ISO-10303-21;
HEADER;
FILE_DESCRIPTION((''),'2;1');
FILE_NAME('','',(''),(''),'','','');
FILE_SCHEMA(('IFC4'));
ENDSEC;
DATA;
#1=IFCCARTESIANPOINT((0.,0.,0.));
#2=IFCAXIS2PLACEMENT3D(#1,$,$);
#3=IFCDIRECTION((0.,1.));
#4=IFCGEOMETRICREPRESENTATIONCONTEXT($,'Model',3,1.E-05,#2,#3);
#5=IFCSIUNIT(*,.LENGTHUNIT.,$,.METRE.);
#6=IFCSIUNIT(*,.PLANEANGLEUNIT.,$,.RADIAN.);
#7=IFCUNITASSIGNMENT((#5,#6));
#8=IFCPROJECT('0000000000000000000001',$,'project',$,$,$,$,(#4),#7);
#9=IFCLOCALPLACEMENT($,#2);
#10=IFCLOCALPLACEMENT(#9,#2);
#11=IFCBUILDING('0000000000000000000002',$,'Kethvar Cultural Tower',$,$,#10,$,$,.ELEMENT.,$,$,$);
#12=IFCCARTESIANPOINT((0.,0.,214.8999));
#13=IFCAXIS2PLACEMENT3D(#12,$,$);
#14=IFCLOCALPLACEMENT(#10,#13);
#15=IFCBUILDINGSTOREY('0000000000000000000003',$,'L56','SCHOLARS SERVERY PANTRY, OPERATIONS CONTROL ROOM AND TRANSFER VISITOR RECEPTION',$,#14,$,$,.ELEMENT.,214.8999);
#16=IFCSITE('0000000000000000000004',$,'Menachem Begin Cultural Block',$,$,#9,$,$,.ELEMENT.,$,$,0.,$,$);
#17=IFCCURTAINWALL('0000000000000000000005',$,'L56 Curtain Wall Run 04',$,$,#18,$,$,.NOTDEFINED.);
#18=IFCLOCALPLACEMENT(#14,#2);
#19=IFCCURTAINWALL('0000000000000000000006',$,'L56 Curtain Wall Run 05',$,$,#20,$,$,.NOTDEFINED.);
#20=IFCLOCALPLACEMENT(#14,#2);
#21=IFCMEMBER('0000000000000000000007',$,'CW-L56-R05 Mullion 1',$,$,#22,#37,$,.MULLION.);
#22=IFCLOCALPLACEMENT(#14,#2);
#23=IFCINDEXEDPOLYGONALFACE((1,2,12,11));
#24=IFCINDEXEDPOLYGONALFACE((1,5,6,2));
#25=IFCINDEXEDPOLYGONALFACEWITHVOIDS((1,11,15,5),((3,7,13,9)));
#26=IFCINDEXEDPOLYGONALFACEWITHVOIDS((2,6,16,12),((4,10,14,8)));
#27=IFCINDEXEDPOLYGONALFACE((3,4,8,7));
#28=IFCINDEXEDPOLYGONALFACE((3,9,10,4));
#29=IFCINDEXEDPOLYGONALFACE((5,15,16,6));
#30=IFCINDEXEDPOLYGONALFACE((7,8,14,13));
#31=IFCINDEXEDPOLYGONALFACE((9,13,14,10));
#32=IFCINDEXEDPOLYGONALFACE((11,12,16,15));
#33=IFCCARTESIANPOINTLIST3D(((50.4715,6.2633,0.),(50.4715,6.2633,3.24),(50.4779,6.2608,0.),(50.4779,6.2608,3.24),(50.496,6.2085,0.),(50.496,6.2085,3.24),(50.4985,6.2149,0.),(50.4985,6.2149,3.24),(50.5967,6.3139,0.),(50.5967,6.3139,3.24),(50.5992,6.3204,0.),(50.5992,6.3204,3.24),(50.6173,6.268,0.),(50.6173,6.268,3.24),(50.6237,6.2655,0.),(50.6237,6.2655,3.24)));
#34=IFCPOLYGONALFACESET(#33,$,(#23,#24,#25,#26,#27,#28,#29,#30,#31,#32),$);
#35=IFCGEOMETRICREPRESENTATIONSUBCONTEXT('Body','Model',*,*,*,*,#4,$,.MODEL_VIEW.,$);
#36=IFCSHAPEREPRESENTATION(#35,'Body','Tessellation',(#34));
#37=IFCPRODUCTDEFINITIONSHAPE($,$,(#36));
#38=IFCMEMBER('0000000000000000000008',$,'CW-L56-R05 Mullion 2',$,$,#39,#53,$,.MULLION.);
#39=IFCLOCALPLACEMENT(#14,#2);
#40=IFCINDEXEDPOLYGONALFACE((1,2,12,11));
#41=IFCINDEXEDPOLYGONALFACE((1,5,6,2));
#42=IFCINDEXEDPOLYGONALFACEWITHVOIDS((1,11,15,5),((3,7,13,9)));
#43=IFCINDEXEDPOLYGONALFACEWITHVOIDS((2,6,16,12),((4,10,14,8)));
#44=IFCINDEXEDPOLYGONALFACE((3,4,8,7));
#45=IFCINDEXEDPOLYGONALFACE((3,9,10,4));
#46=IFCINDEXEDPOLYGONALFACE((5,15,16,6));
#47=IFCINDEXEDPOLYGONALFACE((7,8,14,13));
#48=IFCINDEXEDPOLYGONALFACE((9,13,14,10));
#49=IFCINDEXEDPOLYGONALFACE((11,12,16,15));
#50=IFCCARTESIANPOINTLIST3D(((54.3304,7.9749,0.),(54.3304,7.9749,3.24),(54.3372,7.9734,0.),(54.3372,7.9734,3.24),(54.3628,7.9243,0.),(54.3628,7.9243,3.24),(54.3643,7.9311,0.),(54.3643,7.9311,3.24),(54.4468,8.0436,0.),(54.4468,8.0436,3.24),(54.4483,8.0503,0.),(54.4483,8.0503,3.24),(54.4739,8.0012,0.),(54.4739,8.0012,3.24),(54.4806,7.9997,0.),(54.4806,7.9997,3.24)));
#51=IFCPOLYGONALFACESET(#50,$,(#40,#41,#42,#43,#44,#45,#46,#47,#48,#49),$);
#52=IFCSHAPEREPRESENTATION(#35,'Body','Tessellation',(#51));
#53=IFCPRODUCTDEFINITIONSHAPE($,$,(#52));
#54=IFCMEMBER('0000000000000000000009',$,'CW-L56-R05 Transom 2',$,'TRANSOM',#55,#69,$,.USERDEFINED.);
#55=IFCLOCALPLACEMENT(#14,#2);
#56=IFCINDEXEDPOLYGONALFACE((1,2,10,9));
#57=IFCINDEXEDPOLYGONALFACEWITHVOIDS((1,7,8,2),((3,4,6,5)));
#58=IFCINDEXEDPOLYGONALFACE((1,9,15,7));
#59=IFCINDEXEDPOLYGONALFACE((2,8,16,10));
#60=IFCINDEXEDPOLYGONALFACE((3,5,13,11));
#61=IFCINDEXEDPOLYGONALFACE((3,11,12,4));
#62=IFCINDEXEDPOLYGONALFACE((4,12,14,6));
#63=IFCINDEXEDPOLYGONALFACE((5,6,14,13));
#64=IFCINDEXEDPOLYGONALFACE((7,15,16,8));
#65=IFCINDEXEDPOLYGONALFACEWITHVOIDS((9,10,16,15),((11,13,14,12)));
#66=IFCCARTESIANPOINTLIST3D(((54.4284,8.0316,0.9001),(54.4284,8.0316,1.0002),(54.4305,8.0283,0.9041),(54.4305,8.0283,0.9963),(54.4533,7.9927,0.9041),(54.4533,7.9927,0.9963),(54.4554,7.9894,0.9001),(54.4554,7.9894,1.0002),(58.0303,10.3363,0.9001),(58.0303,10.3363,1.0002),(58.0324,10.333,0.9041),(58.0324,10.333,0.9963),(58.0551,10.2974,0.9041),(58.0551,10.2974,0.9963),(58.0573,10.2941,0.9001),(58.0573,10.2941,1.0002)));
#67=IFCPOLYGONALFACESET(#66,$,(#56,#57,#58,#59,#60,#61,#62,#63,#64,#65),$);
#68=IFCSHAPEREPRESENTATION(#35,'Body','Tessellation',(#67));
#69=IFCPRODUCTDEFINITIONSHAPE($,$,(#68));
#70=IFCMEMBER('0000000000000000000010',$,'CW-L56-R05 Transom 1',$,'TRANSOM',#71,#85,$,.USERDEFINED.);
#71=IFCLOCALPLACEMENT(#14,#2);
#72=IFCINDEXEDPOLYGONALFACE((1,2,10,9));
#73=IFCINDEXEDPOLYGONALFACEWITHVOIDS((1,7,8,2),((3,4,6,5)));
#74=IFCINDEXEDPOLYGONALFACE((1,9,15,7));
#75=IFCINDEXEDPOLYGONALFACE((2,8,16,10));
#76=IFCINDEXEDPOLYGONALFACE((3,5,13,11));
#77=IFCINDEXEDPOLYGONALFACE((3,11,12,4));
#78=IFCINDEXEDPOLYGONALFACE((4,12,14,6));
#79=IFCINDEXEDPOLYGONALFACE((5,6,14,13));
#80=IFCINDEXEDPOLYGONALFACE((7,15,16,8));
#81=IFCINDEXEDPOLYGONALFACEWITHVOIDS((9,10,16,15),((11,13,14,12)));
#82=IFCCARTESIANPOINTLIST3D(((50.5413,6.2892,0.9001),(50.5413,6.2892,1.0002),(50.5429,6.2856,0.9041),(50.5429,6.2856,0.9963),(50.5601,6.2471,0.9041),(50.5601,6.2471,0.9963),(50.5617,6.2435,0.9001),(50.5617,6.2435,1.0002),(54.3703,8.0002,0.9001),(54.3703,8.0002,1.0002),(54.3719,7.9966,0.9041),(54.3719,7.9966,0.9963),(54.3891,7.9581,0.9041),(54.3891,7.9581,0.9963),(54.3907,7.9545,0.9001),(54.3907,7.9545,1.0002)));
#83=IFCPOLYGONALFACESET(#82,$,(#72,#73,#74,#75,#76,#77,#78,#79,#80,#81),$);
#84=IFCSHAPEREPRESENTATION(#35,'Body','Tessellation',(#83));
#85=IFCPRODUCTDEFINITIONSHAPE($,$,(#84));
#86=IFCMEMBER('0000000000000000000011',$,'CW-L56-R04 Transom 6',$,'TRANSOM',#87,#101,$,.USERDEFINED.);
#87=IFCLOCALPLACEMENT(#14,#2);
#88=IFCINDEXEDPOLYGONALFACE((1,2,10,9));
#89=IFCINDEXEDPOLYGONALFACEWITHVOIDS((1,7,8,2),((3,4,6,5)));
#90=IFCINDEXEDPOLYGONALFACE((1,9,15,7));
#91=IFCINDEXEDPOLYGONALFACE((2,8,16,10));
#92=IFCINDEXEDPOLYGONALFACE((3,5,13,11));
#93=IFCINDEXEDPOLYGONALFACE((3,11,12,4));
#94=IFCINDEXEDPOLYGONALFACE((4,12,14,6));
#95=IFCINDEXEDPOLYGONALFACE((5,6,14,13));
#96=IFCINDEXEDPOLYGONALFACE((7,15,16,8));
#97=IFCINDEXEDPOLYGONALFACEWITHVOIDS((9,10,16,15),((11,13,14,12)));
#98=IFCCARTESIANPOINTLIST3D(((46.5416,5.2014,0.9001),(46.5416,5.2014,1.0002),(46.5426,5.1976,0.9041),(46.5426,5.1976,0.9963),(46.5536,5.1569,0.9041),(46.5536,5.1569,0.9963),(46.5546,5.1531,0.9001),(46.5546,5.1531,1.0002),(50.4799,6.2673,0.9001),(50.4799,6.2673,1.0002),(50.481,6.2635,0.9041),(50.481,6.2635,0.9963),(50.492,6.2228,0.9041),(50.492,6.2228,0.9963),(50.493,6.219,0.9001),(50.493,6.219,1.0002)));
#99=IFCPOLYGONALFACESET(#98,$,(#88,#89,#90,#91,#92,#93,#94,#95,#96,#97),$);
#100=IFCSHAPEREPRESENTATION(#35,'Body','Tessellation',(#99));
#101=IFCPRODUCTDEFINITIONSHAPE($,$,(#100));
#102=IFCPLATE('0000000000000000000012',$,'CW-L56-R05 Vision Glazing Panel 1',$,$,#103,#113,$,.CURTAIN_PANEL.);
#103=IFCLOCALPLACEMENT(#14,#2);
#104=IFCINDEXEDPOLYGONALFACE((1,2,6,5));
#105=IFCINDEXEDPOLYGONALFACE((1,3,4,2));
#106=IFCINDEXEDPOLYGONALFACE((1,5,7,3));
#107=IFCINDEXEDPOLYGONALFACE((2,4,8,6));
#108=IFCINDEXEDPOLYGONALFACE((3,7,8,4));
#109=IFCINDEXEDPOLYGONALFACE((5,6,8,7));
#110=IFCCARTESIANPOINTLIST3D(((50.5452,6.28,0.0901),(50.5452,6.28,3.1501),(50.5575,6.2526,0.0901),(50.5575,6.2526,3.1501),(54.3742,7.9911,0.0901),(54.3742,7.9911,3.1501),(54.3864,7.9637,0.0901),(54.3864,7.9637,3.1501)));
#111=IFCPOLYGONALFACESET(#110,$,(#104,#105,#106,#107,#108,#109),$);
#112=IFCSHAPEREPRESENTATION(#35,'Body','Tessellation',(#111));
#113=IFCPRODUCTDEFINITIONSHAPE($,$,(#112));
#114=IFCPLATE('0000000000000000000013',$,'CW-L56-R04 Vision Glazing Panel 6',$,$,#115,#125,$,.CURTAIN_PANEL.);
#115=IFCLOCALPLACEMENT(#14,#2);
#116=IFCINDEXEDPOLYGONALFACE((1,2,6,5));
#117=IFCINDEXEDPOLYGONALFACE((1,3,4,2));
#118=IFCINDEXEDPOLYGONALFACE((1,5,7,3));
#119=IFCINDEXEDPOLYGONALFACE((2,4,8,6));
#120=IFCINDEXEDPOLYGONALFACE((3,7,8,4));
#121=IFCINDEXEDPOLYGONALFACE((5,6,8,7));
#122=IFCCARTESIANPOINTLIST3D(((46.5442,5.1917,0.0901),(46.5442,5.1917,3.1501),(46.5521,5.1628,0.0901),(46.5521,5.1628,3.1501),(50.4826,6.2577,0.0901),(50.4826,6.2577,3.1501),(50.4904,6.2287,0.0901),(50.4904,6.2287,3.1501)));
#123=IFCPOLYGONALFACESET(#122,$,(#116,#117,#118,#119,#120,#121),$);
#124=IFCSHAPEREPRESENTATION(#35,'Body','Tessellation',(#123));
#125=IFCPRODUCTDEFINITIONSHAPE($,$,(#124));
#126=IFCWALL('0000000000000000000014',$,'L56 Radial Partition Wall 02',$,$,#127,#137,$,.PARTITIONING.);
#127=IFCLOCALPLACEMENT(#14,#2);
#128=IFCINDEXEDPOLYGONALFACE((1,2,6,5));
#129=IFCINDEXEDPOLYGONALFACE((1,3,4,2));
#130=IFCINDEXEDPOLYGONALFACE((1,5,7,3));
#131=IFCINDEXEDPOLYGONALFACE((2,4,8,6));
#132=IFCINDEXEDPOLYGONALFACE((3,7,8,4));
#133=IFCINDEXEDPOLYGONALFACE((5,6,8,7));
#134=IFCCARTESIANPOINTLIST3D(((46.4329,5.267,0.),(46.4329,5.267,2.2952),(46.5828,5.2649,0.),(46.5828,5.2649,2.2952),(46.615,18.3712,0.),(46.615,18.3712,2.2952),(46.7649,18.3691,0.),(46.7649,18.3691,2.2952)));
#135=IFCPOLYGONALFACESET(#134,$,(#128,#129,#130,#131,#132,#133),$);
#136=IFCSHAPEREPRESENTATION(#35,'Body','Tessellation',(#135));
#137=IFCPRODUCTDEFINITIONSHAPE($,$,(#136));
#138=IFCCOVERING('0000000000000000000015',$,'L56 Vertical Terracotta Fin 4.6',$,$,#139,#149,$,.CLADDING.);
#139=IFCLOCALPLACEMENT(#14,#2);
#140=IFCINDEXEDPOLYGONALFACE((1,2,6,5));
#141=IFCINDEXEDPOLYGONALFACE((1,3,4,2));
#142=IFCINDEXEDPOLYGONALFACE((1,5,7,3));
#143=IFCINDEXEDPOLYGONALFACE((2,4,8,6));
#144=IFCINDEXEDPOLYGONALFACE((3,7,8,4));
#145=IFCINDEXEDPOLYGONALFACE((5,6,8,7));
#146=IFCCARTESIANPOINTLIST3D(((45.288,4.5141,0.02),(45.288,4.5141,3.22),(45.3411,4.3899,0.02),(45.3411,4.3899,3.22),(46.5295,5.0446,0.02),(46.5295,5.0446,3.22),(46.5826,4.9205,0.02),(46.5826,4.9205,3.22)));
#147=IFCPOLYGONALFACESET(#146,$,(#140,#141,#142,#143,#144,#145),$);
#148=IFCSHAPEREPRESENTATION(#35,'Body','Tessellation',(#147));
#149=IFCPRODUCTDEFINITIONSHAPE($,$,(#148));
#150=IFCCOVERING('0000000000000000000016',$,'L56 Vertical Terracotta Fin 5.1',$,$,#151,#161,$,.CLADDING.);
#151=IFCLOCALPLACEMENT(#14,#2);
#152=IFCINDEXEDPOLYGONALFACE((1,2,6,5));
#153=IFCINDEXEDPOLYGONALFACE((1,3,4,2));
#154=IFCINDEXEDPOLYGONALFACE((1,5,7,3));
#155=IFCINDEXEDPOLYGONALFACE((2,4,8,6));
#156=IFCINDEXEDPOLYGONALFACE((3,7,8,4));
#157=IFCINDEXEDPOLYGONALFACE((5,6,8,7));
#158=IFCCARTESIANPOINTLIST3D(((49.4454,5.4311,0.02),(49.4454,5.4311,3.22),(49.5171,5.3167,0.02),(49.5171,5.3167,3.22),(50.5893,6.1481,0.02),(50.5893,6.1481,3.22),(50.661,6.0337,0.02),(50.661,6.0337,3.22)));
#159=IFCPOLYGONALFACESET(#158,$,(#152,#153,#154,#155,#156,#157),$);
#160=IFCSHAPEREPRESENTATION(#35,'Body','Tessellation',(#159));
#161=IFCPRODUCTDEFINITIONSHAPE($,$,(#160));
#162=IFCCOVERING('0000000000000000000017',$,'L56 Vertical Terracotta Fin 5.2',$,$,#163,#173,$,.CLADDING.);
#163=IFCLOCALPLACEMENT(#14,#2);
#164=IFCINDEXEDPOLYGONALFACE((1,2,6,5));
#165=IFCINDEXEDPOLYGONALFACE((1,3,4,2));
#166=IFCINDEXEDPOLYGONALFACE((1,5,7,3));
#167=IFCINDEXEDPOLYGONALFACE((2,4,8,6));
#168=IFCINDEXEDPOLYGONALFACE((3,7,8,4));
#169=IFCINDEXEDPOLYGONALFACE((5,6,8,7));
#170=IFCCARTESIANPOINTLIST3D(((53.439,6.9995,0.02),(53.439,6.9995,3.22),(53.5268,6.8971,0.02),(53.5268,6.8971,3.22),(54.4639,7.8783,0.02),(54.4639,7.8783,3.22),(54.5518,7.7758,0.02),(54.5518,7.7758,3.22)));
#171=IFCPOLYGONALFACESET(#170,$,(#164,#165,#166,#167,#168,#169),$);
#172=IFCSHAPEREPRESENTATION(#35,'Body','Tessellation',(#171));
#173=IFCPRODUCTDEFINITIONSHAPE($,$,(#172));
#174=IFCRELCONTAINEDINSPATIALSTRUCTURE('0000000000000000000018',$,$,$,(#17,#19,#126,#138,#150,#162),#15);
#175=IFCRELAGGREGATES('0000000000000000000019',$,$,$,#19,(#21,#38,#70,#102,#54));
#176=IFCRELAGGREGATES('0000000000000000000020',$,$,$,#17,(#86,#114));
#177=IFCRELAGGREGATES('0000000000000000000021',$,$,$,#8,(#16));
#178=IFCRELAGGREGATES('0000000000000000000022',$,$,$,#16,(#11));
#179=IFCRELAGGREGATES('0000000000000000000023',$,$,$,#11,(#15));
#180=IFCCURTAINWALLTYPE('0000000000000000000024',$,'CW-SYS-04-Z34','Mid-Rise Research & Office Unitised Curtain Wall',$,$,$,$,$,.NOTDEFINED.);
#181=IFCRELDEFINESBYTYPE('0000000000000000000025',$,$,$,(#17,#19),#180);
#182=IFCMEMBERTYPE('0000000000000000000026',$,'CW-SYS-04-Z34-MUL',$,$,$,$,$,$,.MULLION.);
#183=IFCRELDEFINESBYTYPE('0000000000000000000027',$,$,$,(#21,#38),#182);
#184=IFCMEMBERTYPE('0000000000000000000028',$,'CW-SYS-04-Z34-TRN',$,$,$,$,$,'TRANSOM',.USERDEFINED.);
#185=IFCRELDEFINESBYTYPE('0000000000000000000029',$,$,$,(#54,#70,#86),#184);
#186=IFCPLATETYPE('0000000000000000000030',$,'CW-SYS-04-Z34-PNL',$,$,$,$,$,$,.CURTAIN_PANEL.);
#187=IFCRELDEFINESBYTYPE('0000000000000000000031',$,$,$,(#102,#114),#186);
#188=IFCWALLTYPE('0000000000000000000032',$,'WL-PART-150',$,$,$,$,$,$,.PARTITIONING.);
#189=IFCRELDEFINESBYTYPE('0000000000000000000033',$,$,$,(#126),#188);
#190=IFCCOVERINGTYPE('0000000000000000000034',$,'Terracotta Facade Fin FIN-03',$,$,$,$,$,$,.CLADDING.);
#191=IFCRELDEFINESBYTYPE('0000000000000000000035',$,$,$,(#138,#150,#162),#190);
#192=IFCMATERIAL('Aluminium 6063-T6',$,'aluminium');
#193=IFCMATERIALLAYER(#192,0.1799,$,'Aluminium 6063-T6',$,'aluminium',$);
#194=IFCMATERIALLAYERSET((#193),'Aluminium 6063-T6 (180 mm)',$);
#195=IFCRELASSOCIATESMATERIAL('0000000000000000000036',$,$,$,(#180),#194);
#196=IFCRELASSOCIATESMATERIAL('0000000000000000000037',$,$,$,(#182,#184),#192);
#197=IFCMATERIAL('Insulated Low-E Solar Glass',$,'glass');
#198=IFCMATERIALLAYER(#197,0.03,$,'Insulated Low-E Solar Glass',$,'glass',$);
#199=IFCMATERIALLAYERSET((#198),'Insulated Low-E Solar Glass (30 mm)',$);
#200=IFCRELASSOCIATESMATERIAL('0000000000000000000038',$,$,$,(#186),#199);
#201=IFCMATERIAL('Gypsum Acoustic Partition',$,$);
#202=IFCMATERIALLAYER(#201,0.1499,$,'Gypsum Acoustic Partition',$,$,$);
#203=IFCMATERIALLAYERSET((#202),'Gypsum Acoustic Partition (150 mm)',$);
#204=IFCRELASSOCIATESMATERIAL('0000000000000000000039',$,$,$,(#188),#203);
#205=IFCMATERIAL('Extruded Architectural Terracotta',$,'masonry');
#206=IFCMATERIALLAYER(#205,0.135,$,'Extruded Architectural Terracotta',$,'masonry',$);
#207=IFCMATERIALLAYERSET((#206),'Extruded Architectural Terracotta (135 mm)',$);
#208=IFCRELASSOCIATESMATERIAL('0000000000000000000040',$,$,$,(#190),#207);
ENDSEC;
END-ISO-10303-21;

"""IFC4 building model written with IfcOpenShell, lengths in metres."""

from ifc_helpers import new_model, si_unit, direction, frame, frame_2d, origin, origin_2d, place, context, subcontext, project, spatial, rectangle, hollow_rectangle, extrude, source, transform, mapped, material, layer, layer_set, material_profile, profile_set, type_object, element, aggregate, save


model = new_model("IFC4")

# Units and contexts
model_context = context("Model", 3, precision=1e-05, world=origin(), true_north=direction((0.0, 1.0)))
body_context = subcontext(model_context, "Body", "Model", "MODEL_VIEW")
ifc_project = project(units=[si_unit("LENGTHUNIT", "METRE"), si_unit("PLANEANGLEUNIT", "RADIAN")], contexts=[model_context])

# Site, building, storey
site_placement = place(None, origin())
site = spatial("IfcSite", under=ifc_project, at=site_placement, Name="Menachem Begin Cultural Block", CompositionType="ELEMENT", RefElevation=0.0)
building_placement = place(site_placement, origin())
building = spatial("IfcBuilding", under=site, at=building_placement, Name="Kethvar Cultural Tower", CompositionType="ELEMENT")
storey_placement = place(building_placement, frame((0.0, 0.0, 214.8999)))
storey = spatial("IfcBuildingStorey", under=building, at=storey_placement, Name="L56", Description="SCHOLARS SERVERY PANTRY, OPERATIONS CONTROL ROOM AND TRANSFER VISITOR RECEPTION", CompositionType="ELEMENT", Elevation=214.8999)

# Curtain walls, members
ifc_material_1 = material(Name="Aluminium 6063-T6", Category="aluminium")
ifc_layer_1 = layer(ifc_material_1, 0.1799, Name="Aluminium 6063-T6", Category="aluminium")
ifc_layer_set_1 = layer_set([ifc_layer_1], Name="Aluminium 6063-T6 (180 mm)")
curtain_wall_type = type_object("IfcCurtainWallType", Name="CW-SYS-04-Z34", Description="Mid-Rise Research & Office Unitised Curtain Wall", PredefinedType="NOTDEFINED", material=ifc_layer_set_1)
curtain_wall_1_placement = place(storey_placement, origin())
curtain_wall_1 = element("IfcCurtainWall", 1, at=curtain_wall_1_placement, inside=storey, type_object=curtain_wall_type, Name="L56 Curtain Wall Run 04", PredefinedType="NOTDEFINED")
ifc_material_profile_1 = material_profile(ifc_material_1, hollow_rectangle(XDim=0.0601, YDim=0.1399, WallThickness=0.0049, at=origin_2d()), Name="Aluminium 6063-T6 — RHS140x60x5")
ifc_profile_set_1 = profile_set([ifc_material_profile_1], Name="Aluminium 6063-T6 — RHS140x60x5")
member_type_1 = type_object("IfcMemberType", Name="CW-SYS-04-Z34-MUL", PredefinedType="MULLION", material=ifc_profile_set_1)
shared_shape_1 = source(origin(), body_context, "Body", "SweptSolid", [
    extrude(hollow_rectangle(XDim=0.0601, YDim=0.1399, WallThickness=0.0049, at=origin_2d()), origin(), (0.0, 0.0, 1.0), 3.24),
])
curtain_wall_2_placement = place(storey_placement, origin())
curtain_wall_2 = element("IfcCurtainWall", 2, at=curtain_wall_2_placement, inside=storey, type_object=curtain_wall_type, Name="L56 Curtain Wall Run 05", PredefinedType="NOTDEFINED")
member_1_placement = place(storey_placement, frame((50.5476, 6.2644, 0.0), z_axis=(0.0, 0.0, 1.0), x_axis=(-0.407996, 0.912984, 0.0)))
member_1 = element("IfcMember", 3, at=member_1_placement, type_object=member_type_1, Name="CW-L56-R05 Mullion 1", PredefinedType="MULLION", context=body_context, shape_type="MappedRepresentation", body=[
    mapped(shared_shape_1, transform((0.0, 0.0, 0.0), scale=1.0)),
])
member_2_placement = place(storey_placement, frame((54.4055, 7.9873, 0.0), z_axis=(0.0, 0.0, 1.0), x_axis=(-0.538947, 0.84234, 0.0)))
member_2 = element("IfcMember", 4, at=member_2_placement, type_object=member_type_1, Name="CW-L56-R05 Mullion 2", PredefinedType="MULLION", context=body_context, shape_type="MappedRepresentation", body=[
    mapped(shared_shape_1, transform((0.0, 0.0, 0.0), scale=1.0)),
])
ifc_material_profile_2 = material_profile(ifc_material_1, hollow_rectangle(XDim=0.05, YDim=0.1001, WallThickness=0.0039, at=origin_2d()), Name="Aluminium 6063-T6 — RHS100x50x4")
ifc_profile_set_2 = profile_set([ifc_material_profile_2], Name="Aluminium 6063-T6 — RHS100x50x4")
member_type_2 = type_object("IfcMemberType", Name="CW-SYS-04-Z34-TRN", ElementType="TRANSOM", PredefinedType="USERDEFINED", material=ifc_profile_set_2)
shared_shape_2 = source(origin(), body_context, "Body", "SweptSolid", [
    extrude(hollow_rectangle(XDim=0.05, YDim=0.1001, WallThickness=0.0039, at=origin_2d()), origin(), (0.0, 0.0, 1.0), 4.2761),
])
member_3_placement = place(storey_placement, frame((54.4419, 8.0105, 0.9502), z_axis=(0.842321, 0.538976, 0.0), x_axis=(-0.538976, 0.842321, 0.0)))
member_3 = element("IfcMember", 5, at=member_3_placement, type_object=member_type_2, Name="CW-L56-R05 Transom 2", ObjectType="TRANSOM", PredefinedType="USERDEFINED", context=body_context, shape_type="MappedRepresentation", body=[
    mapped(shared_shape_2, transform((0.0, 0.0, 0.0), scale=1.0)),
])
shared_shape_3 = source(origin(), body_context, "Body", "SweptSolid", [
    extrude(hollow_rectangle(XDim=0.05, YDim=0.1001, WallThickness=0.0039, at=origin_2d()), origin(), (0.0, 0.0, 1.0), 4.1938),
])
member_4_placement = place(storey_placement, frame((50.5515, 6.2664, 0.9502), z_axis=(0.912993, 0.407974, 0.0), x_axis=(-0.407974, 0.912993, 0.0)))
member_4 = element("IfcMember", 6, at=member_4_placement, type_object=member_type_2, Name="CW-L56-R05 Transom 1", ObjectType="TRANSOM", PredefinedType="USERDEFINED", context=body_context, shape_type="MappedRepresentation", body=[
    mapped(shared_shape_3, transform((0.0, 0.0, 0.0), scale=1.0)),
])

# Member
shared_shape_4 = source(origin(), body_context, "Body", "SweptSolid", [
    extrude(hollow_rectangle(XDim=0.05, YDim=0.1001, WallThickness=0.0039, at=origin_2d()), origin(), (0.0, 0.0, 1.0), 4.0801),
])
member_5_placement = place(storey_placement, frame((46.5481, 5.1772, 0.9502), z_axis=(0.965273, 0.261244, 0.0), x_axis=(-0.261244, 0.965273, 0.0)))
member_5 = element("IfcMember", 7, at=member_5_placement, type_object=member_type_2, Name="CW-L56-R04 Transom 6", ObjectType="TRANSOM", PredefinedType="USERDEFINED", context=body_context, shape_type="MappedRepresentation", body=[
    mapped(shared_shape_4, transform((0.0, 0.0, 0.0), scale=1.0)),
])

# Plates
ifc_material_2 = material(Name="Insulated Low-E Solar Glass", Category="glass")
ifc_layer_2 = layer(ifc_material_2, 0.03, Name="Insulated Low-E Solar Glass", Category="glass")
ifc_layer_set_2 = layer_set([ifc_layer_2], Name="Insulated Low-E Solar Glass (30 mm)")
plate_type = type_object("IfcPlateType", Name="CW-SYS-04-Z34-PNL", PredefinedType="CURTAIN_PANEL", material=ifc_layer_set_2)
shared_shape_5 = source(origin(), body_context, "Body", "SweptSolid", [
    extrude(rectangle(XDim=4.1938, YDim=0.03, at=origin_2d()), origin(), (0.0, 0.0, 1.0), 3.0601),
])
plate_1_placement = place(storey_placement, frame((52.4658, 7.1218, 0.0901), z_axis=(0.0, 0.0, 1.0), x_axis=(0.912984, 0.407996, 0.0)))
plate_1 = element("IfcPlate", 8, at=plate_1_placement, type_object=plate_type, Name="CW-L56-R05 Vision Glazing Panel 1", PredefinedType="CURTAIN_PANEL", context=body_context, shape_type="MappedRepresentation", body=[
    mapped(shared_shape_5, transform((0.0, 0.0, 0.0), scale=1.0)),
])
aggregate(curtain_wall_2, [member_1, member_2, member_4, plate_1, member_3])
shared_shape_6 = source(origin(), body_context, "Body", "SweptSolid", [
    extrude(rectangle(XDim=4.0801, YDim=0.03, at=origin_2d()), origin(), (0.0, 0.0, 1.0), 3.0601),
])
plate_2_placement = place(storey_placement, frame((48.5173, 5.7102, 0.0901), z_axis=(0.0, 0.0, 1.0), x_axis=(0.965272, 0.261246, 0.0)))
plate_2 = element("IfcPlate", 9, at=plate_2_placement, type_object=plate_type, Name="CW-L56-R04 Vision Glazing Panel 6", PredefinedType="CURTAIN_PANEL", context=body_context, shape_type="MappedRepresentation", body=[
    mapped(shared_shape_6, transform((0.0, 0.0, 0.0), scale=1.0)),
])
aggregate(curtain_wall_1, [member_5, plate_2])

# Wall
ifc_material_3 = material(Name="Gypsum Acoustic Partition")
ifc_layer_3 = layer(ifc_material_3, 0.1499, Name="Gypsum Acoustic Partition")
ifc_layer_set_3 = layer_set([ifc_layer_3], Name="Gypsum Acoustic Partition (150 mm)")
wall_type = type_object("IfcWallType", Name="WL-PART-150", PredefinedType="PARTITIONING", material=ifc_layer_set_3)
wall_placement = place(storey_placement, frame((46.6899, 18.3701, 0.0), z_axis=(0.0, 0.0, 1.0), x_axis=(-0.013897, -0.999903, 0.0)))
element("IfcWall", 10, at=wall_placement, inside=storey, type_object=wall_type, Name="L56 Radial Partition Wall 02", PredefinedType="PARTITIONING", context=body_context, shape_type="SweptSolid", body=[
    extrude(rectangle(XDim=13.1055, YDim=0.1499, at=frame_2d((6.5527, 0.0))), origin(), (0.0, 0.0, 1.0), 2.2952),
])

# Coverings
ifc_material_4 = material(Name="Extruded Architectural Terracotta", Category="masonry")
ifc_layer_4 = layer(ifc_material_4, 0.135, Name="Extruded Architectural Terracotta", Category="masonry")
ifc_layer_set_4 = layer_set([ifc_layer_4], Name="Extruded Architectural Terracotta (135 mm)")
covering_type = type_object("IfcCoveringType", Name="Terracotta Facade Fin FIN-03", PredefinedType="CLADDING", material=ifc_layer_set_4)
shared_shape_7 = source(origin(), body_context, "Body", "SweptSolid", [
    extrude(rectangle(XDim=1.3501, YDim=0.135, at=origin_2d()), origin(), (0.0, 0.0, 1.0), 3.2),
])
for number, where, z_axis, x_axis, name in (
    (11, (45.9353, 4.7173, 0.02), (0.0, 0.0, 1.0), (-0.919547, -0.392979, 0.0), "L56 Vertical Terracotta Fin 4.6"),
    (12, (50.0532, 5.7324, 0.02), (0.0, 0.0, 1.0), (-0.847307, -0.531103, 0.0), "L56 Vertical Terracotta Fin 5.1"),
    (13, (53.9954, 7.3877, 0.02), (0.0, 0.0, 1.0), (-0.759158, -0.650907, 0.0), "L56 Vertical Terracotta Fin 5.2"),
):
    element("IfcCovering", number, at=place(storey_placement, frame(where, z_axis=z_axis, x_axis=x_axis)), inside=storey, type_object=covering_type, Name=name, PredefinedType="CLADDING", context=body_context, shape_type="MappedRepresentation", body=[
        mapped(shared_shape_7, transform((0.0, 0.0, 0.0), scale=1.0)),
    ])

save(model, "model.ifc")
